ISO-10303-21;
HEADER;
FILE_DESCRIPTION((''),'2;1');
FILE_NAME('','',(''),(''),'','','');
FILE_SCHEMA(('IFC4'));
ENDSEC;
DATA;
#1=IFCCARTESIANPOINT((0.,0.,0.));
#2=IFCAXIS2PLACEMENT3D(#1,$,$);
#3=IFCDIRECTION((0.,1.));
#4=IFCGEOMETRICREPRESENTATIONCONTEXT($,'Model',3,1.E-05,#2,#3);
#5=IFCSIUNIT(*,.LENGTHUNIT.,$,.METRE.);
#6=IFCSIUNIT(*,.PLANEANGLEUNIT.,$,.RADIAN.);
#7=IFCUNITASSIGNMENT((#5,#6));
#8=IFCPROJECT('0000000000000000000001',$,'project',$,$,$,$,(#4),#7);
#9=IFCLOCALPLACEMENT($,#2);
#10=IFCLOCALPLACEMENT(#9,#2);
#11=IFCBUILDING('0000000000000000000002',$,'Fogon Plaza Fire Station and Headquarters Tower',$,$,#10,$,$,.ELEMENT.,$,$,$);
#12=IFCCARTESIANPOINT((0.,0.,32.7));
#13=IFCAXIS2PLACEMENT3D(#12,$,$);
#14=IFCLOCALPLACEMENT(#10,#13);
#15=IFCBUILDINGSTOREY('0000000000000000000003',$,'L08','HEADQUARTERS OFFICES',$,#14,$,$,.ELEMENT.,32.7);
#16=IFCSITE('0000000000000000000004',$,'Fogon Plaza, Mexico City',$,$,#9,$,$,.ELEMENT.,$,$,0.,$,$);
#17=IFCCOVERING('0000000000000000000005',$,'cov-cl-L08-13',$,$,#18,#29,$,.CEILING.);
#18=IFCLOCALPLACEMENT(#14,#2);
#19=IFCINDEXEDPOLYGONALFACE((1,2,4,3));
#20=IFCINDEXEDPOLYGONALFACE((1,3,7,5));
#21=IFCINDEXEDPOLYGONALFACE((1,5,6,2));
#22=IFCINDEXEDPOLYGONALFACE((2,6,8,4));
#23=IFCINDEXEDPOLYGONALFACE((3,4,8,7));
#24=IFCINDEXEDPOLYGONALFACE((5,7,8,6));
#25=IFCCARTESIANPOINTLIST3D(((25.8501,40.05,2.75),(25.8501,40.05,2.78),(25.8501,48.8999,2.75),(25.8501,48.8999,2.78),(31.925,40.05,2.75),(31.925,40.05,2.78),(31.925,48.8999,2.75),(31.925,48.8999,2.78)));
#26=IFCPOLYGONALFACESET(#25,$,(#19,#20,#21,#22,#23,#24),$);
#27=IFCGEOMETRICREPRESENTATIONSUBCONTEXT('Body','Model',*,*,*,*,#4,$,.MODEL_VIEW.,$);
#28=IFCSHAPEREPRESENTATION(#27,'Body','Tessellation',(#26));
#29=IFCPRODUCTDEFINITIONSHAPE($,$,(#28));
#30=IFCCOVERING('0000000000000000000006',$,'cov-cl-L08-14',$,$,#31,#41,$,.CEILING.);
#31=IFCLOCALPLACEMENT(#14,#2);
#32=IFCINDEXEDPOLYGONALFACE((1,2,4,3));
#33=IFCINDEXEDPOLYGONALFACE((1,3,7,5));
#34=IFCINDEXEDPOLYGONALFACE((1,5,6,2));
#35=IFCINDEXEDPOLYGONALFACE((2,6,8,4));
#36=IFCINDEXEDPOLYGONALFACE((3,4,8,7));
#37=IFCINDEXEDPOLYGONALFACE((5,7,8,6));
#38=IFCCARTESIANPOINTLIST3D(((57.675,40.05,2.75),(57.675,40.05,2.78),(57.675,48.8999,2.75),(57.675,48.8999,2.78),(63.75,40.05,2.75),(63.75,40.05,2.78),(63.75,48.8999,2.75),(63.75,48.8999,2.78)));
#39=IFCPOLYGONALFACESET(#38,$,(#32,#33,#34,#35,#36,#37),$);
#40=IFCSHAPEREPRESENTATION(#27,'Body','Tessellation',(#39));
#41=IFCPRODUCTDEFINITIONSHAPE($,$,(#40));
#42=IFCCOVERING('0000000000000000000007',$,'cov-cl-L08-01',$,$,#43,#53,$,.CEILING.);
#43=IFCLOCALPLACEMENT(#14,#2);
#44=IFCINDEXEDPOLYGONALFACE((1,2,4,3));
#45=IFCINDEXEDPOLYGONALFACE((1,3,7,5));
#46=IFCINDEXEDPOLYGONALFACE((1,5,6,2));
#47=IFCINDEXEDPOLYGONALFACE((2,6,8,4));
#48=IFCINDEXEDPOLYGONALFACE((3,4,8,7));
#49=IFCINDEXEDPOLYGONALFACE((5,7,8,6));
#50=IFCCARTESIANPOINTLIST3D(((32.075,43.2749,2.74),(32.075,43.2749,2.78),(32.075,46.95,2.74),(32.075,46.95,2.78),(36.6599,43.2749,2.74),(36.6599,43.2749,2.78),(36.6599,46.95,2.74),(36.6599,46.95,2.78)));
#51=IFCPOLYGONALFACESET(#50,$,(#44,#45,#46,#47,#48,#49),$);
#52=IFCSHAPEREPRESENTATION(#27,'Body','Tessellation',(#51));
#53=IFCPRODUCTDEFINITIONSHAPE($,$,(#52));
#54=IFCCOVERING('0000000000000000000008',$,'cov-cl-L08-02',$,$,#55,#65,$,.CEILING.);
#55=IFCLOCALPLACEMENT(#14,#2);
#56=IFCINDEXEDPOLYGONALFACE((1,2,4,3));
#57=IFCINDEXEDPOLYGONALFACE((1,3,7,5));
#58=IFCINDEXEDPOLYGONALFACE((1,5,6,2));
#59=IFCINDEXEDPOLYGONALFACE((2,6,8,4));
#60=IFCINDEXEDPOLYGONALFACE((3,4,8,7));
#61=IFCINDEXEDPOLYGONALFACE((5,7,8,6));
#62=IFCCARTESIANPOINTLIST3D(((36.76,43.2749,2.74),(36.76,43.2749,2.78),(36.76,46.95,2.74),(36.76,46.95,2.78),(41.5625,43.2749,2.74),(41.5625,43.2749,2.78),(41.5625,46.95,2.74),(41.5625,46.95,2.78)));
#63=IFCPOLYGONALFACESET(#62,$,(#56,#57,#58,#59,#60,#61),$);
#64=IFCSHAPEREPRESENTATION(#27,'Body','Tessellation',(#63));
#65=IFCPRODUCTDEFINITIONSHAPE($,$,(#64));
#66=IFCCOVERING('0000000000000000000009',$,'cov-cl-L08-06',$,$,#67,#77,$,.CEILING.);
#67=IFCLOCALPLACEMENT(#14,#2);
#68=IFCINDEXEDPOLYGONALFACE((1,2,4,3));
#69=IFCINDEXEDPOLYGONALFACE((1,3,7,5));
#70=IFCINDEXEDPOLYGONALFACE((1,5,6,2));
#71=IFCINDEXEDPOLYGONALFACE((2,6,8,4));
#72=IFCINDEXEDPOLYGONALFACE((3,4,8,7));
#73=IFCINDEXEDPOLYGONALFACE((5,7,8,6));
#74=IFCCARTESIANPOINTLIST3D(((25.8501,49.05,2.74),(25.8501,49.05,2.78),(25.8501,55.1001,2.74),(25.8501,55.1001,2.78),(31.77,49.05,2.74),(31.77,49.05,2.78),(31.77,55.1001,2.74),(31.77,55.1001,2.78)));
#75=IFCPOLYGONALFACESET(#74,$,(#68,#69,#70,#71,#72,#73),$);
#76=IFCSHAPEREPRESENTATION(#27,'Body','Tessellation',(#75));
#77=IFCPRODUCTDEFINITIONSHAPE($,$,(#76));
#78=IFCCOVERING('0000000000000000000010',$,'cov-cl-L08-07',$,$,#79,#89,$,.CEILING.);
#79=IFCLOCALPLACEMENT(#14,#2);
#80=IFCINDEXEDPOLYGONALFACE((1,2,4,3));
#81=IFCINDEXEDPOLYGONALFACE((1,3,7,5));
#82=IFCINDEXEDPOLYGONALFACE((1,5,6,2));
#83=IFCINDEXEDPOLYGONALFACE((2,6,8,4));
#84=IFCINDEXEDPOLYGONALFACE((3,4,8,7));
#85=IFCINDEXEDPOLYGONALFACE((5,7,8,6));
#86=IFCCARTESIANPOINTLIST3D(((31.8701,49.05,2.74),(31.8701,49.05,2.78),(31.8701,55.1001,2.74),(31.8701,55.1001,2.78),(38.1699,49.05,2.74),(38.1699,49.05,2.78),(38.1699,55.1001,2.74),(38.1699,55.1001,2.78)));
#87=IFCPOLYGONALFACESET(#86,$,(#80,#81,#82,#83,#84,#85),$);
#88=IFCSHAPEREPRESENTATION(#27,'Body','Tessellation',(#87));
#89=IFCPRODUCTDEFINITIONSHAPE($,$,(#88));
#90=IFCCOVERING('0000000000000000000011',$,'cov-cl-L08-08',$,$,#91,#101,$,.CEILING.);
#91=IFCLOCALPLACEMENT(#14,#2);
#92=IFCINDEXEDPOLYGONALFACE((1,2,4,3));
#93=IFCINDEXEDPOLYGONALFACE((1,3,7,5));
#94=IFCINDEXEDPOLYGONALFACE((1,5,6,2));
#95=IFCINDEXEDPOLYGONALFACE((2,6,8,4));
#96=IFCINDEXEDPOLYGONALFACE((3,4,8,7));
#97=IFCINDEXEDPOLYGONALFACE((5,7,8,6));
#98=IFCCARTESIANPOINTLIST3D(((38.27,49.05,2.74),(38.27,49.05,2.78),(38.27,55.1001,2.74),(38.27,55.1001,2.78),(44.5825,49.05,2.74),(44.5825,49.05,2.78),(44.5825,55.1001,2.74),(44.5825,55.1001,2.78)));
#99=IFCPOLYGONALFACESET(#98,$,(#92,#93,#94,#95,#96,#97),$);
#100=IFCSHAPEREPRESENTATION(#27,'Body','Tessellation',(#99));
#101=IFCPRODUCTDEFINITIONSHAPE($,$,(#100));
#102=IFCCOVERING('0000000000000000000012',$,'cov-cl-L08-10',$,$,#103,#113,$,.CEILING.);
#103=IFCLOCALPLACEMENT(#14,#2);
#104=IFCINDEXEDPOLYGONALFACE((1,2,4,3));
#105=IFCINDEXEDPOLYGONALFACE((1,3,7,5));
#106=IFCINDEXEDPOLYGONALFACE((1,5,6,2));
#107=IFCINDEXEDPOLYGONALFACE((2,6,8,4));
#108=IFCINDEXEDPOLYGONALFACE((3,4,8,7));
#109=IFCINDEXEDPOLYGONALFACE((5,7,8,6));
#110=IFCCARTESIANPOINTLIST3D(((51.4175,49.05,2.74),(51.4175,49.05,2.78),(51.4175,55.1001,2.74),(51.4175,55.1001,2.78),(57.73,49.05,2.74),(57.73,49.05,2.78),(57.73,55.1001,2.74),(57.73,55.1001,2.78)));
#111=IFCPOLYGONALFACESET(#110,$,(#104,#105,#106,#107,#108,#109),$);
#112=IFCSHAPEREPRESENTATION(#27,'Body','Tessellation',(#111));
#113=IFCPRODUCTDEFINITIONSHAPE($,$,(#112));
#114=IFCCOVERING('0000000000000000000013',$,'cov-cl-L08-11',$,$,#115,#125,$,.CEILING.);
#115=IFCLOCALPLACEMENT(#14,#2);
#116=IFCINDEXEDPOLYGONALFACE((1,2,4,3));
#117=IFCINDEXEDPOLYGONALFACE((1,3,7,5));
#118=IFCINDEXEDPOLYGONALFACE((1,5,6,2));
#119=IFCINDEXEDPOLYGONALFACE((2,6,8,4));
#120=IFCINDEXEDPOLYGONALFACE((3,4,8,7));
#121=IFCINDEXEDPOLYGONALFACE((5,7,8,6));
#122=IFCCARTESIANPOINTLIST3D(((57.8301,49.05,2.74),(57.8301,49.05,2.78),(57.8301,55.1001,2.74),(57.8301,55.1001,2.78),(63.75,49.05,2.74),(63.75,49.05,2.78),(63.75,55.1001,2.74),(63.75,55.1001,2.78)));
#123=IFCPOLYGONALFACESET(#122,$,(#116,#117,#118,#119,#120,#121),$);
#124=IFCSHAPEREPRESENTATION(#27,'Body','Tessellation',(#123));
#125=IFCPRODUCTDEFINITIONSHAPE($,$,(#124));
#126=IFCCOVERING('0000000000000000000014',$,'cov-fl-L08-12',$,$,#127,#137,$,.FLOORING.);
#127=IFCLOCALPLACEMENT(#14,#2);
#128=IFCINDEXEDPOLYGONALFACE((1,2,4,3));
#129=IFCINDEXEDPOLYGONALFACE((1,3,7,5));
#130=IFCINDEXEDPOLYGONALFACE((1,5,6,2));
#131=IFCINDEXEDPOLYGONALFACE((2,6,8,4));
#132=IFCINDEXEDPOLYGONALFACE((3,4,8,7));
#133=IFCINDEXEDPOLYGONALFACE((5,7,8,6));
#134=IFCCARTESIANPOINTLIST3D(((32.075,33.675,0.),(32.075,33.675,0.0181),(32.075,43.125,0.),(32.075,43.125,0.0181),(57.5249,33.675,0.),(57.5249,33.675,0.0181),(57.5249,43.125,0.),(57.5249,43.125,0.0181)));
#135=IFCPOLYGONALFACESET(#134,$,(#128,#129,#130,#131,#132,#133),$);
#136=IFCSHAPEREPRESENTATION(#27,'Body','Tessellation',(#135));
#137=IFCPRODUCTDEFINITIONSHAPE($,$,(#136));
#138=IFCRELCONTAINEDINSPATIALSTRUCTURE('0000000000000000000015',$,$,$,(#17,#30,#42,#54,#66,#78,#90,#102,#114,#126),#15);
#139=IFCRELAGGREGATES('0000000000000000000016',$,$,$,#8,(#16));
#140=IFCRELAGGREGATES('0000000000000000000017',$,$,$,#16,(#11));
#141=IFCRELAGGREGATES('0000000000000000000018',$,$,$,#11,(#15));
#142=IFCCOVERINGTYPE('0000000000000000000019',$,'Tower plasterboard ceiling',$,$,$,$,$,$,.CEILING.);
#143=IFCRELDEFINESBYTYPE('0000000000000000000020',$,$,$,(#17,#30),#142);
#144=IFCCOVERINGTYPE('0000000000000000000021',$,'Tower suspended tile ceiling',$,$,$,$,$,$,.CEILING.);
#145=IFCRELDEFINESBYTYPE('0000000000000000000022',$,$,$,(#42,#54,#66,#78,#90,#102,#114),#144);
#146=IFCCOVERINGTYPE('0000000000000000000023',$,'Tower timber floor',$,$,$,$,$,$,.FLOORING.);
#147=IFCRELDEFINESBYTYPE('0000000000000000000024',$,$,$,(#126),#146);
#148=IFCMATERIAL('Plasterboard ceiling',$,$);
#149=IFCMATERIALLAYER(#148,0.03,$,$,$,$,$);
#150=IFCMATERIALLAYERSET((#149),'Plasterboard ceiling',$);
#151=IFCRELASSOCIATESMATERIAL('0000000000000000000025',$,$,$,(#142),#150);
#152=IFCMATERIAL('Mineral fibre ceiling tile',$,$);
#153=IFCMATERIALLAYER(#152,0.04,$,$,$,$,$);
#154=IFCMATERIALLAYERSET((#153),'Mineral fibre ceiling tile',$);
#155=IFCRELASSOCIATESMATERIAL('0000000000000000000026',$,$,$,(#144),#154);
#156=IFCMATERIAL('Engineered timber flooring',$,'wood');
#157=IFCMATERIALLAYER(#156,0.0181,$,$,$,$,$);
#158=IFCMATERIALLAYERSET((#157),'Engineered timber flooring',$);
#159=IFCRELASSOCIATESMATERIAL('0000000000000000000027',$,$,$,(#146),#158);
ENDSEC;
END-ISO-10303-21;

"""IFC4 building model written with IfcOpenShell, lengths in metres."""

from ifc_helpers import new_model, si_unit, direction, frame, origin, place, context, subcontext, project, spatial, polyline, outline, extrude, material, layer, layer_set, type_object, element, save


model = new_model("IFC4")

# Units and contexts
model_context = context("Model", 3, precision=1e-05, world=origin(), true_north=direction((0.0, 1.0)))
body_context = subcontext(model_context, "Body", "Model", "MODEL_VIEW")
ifc_project = project(units=[si_unit("LENGTHUNIT", "METRE"), si_unit("PLANEANGLEUNIT", "RADIAN")], contexts=[model_context])

# Site, building, storey
site_placement = place(None, origin())
site = spatial("IfcSite", under=ifc_project, at=site_placement, Name="Fogon Plaza, Mexico City", CompositionType="ELEMENT", RefElevation=0.0)
building_placement = place(site_placement, origin())
building = spatial("IfcBuilding", under=site, at=building_placement, Name="Fogon Plaza Fire Station and Headquarters Tower", CompositionType="ELEMENT")
storey_placement = place(building_placement, frame((0.0, 0.0, 32.7)))
storey = spatial("IfcBuildingStorey", under=building, at=storey_placement, Name="L08", Description="HEADQUARTERS OFFICES", CompositionType="ELEMENT", Elevation=32.7)

# Coverings
ifc_material_1 = material(Name="Plasterboard ceiling")
ifc_layer_1 = layer(ifc_material_1, 0.03)
ifc_layer_set_1 = layer_set([ifc_layer_1], Name="Plasterboard ceiling")
covering_type_1 = type_object("IfcCoveringType", Name="Tower plasterboard ceiling", PredefinedType="CEILING", material=ifc_layer_set_1)
covering_1_placement = place(storey_placement, frame((0.0, 0.0, 2.75)))
element("IfcCovering", 1, at=covering_1_placement, inside=storey, type_object=covering_type_1, Name="cov-cl-L08-13", PredefinedType="CEILING", context=body_context, shape_type="SweptSolid", body=[
    extrude(outline(polyline([(31.925, 40.05), (31.925, 48.8999), (25.8501, 48.8999), (25.8501, 40.05), (31.925, 40.05)])), origin(), (0.0, 0.0, 1.0), 0.03),
])
covering_2_placement = place(storey_placement, frame((0.0, 0.0, 2.75)))
element("IfcCovering", 2, at=covering_2_placement, inside=storey, type_object=covering_type_1, Name="cov-cl-L08-14", PredefinedType="CEILING", context=body_context, shape_type="SweptSolid", body=[
    extrude(outline(polyline([(63.75, 40.05), (63.75, 48.8999), (57.675, 48.8999), (57.675, 40.05), (63.75, 40.05)])), origin(), (0.0, 0.0, 1.0), 0.03),
])
ifc_material_2 = material(Name="Mineral fibre ceiling tile")
ifc_layer_2 = layer(ifc_material_2, 0.04)
ifc_layer_set_2 = layer_set([ifc_layer_2], Name="Mineral fibre ceiling tile")
covering_type_2 = type_object("IfcCoveringType", Name="Tower suspended tile ceiling", PredefinedType="CEILING", material=ifc_layer_set_2)
covering_3_placement = place(storey_placement, frame((0.0, 0.0, 2.74)))
element("IfcCovering", 3, at=covering_3_placement, inside=storey, type_object=covering_type_2, Name="cov-cl-L08-01", PredefinedType="CEILING", context=body_context, shape_type="SweptSolid", body=[
    extrude(outline(polyline([(36.6599, 43.2749), (36.6599, 46.95), (32.075, 46.95), (32.075, 43.2749), (36.6599, 43.2749)])), origin(), (0.0, 0.0, 1.0), 0.04),
])
covering_4_placement = place(storey_placement, frame((0.0, 0.0, 2.74)))
element("IfcCovering", 4, at=covering_4_placement, inside=storey, type_object=covering_type_2, Name="cov-cl-L08-02", PredefinedType="CEILING", context=body_context, shape_type="SweptSolid", body=[
    extrude(outline(polyline([(41.5625, 43.2749), (41.5625, 46.95), (36.76, 46.95), (36.76, 43.2749), (41.5625, 43.2749)])), origin(), (0.0, 0.0, 1.0), 0.04),
])
covering_5_placement = place(storey_placement, frame((0.0, 0.0, 2.74)))
element("IfcCovering", 5, at=covering_5_placement, inside=storey, type_object=covering_type_2, Name="cov-cl-L08-06", PredefinedType="CEILING", context=body_context, shape_type="SweptSolid", body=[
    extrude(outline(polyline([(31.77, 49.05), (31.77, 55.1001), (25.8501, 55.1001), (25.8501, 49.05), (31.77, 49.05)])), origin(), (0.0, 0.0, 1.0), 0.04),
])
covering_6_placement = place(storey_placement, frame((0.0, 0.0, 2.74)))
element("IfcCovering", 6, at=covering_6_placement, inside=storey, type_object=covering_type_2, Name="cov-cl-L08-07", PredefinedType="CEILING", context=body_context, shape_type="SweptSolid", body=[
    extrude(outline(polyline([(38.1699, 49.05), (38.1699, 55.1001), (31.8701, 55.1001), (31.8701, 49.05), (38.1699, 49.05)])), origin(), (0.0, 0.0, 1.0), 0.04),
])
covering_7_placement = place(storey_placement, frame((0.0, 0.0, 2.74)))
element("IfcCovering", 7, at=covering_7_placement, inside=storey, type_object=covering_type_2, Name="cov-cl-L08-08", PredefinedType="CEILING", context=body_context, shape_type="SweptSolid", body=[
    extrude(outline(polyline([(44.5825, 49.05), (44.5825, 55.1001), (38.27, 55.1001), (38.27, 49.05), (44.5825, 49.05)])), origin(), (0.0, 0.0, 1.0), 0.04),
])
covering_8_placement = place(storey_placement, frame((0.0, 0.0, 2.74)))
element("IfcCovering", 8, at=covering_8_placement, inside=storey, type_object=covering_type_2, Name="cov-cl-L08-10", PredefinedType="CEILING", context=body_context, shape_type="SweptSolid", body=[
    extrude(outline(polyline([(57.73, 49.05), (57.73, 55.1001), (51.4175, 55.1001), (51.4175, 49.05), (57.73, 49.05)])), origin(), (0.0, 0.0, 1.0), 0.04),
])
covering_9_placement = place(storey_placement, frame((0.0, 0.0, 2.74)))
element("IfcCovering", 9, at=covering_9_placement, inside=storey, type_object=covering_type_2, Name="cov-cl-L08-11", PredefinedType="CEILING", context=body_context, shape_type="SweptSolid", body=[
    extrude(outline(polyline([(63.75, 49.05), (63.75, 55.1001), (57.8301, 55.1001), (57.8301, 49.05), (63.75, 49.05)])), origin(), (0.0, 0.0, 1.0), 0.04),
])
ifc_material_3 = material(Name="Engineered timber flooring", Category="wood")
ifc_layer_3 = layer(ifc_material_3, 0.0181)
ifc_layer_set_3 = layer_set([ifc_layer_3], Name="Engineered timber flooring")
covering_type_3 = type_object("IfcCoveringType", Name="Tower timber floor", PredefinedType="FLOORING", material=ifc_layer_set_3)
covering_10_placement = place(storey_placement, origin())
element("IfcCovering", 10, at=covering_10_placement, inside=storey, type_object=covering_type_3, Name="cov-fl-L08-12", PredefinedType="FLOORING", context=body_context, shape_type="SweptSolid", body=[
    extrude(outline(polyline([(57.5249, 33.675), (57.5249, 43.125), (32.075, 43.125), (32.075, 33.675), (57.5249, 33.675)])), origin(), (0.0, 0.0, 1.0), 0.0181),
])

save(model, "model.ifc")
